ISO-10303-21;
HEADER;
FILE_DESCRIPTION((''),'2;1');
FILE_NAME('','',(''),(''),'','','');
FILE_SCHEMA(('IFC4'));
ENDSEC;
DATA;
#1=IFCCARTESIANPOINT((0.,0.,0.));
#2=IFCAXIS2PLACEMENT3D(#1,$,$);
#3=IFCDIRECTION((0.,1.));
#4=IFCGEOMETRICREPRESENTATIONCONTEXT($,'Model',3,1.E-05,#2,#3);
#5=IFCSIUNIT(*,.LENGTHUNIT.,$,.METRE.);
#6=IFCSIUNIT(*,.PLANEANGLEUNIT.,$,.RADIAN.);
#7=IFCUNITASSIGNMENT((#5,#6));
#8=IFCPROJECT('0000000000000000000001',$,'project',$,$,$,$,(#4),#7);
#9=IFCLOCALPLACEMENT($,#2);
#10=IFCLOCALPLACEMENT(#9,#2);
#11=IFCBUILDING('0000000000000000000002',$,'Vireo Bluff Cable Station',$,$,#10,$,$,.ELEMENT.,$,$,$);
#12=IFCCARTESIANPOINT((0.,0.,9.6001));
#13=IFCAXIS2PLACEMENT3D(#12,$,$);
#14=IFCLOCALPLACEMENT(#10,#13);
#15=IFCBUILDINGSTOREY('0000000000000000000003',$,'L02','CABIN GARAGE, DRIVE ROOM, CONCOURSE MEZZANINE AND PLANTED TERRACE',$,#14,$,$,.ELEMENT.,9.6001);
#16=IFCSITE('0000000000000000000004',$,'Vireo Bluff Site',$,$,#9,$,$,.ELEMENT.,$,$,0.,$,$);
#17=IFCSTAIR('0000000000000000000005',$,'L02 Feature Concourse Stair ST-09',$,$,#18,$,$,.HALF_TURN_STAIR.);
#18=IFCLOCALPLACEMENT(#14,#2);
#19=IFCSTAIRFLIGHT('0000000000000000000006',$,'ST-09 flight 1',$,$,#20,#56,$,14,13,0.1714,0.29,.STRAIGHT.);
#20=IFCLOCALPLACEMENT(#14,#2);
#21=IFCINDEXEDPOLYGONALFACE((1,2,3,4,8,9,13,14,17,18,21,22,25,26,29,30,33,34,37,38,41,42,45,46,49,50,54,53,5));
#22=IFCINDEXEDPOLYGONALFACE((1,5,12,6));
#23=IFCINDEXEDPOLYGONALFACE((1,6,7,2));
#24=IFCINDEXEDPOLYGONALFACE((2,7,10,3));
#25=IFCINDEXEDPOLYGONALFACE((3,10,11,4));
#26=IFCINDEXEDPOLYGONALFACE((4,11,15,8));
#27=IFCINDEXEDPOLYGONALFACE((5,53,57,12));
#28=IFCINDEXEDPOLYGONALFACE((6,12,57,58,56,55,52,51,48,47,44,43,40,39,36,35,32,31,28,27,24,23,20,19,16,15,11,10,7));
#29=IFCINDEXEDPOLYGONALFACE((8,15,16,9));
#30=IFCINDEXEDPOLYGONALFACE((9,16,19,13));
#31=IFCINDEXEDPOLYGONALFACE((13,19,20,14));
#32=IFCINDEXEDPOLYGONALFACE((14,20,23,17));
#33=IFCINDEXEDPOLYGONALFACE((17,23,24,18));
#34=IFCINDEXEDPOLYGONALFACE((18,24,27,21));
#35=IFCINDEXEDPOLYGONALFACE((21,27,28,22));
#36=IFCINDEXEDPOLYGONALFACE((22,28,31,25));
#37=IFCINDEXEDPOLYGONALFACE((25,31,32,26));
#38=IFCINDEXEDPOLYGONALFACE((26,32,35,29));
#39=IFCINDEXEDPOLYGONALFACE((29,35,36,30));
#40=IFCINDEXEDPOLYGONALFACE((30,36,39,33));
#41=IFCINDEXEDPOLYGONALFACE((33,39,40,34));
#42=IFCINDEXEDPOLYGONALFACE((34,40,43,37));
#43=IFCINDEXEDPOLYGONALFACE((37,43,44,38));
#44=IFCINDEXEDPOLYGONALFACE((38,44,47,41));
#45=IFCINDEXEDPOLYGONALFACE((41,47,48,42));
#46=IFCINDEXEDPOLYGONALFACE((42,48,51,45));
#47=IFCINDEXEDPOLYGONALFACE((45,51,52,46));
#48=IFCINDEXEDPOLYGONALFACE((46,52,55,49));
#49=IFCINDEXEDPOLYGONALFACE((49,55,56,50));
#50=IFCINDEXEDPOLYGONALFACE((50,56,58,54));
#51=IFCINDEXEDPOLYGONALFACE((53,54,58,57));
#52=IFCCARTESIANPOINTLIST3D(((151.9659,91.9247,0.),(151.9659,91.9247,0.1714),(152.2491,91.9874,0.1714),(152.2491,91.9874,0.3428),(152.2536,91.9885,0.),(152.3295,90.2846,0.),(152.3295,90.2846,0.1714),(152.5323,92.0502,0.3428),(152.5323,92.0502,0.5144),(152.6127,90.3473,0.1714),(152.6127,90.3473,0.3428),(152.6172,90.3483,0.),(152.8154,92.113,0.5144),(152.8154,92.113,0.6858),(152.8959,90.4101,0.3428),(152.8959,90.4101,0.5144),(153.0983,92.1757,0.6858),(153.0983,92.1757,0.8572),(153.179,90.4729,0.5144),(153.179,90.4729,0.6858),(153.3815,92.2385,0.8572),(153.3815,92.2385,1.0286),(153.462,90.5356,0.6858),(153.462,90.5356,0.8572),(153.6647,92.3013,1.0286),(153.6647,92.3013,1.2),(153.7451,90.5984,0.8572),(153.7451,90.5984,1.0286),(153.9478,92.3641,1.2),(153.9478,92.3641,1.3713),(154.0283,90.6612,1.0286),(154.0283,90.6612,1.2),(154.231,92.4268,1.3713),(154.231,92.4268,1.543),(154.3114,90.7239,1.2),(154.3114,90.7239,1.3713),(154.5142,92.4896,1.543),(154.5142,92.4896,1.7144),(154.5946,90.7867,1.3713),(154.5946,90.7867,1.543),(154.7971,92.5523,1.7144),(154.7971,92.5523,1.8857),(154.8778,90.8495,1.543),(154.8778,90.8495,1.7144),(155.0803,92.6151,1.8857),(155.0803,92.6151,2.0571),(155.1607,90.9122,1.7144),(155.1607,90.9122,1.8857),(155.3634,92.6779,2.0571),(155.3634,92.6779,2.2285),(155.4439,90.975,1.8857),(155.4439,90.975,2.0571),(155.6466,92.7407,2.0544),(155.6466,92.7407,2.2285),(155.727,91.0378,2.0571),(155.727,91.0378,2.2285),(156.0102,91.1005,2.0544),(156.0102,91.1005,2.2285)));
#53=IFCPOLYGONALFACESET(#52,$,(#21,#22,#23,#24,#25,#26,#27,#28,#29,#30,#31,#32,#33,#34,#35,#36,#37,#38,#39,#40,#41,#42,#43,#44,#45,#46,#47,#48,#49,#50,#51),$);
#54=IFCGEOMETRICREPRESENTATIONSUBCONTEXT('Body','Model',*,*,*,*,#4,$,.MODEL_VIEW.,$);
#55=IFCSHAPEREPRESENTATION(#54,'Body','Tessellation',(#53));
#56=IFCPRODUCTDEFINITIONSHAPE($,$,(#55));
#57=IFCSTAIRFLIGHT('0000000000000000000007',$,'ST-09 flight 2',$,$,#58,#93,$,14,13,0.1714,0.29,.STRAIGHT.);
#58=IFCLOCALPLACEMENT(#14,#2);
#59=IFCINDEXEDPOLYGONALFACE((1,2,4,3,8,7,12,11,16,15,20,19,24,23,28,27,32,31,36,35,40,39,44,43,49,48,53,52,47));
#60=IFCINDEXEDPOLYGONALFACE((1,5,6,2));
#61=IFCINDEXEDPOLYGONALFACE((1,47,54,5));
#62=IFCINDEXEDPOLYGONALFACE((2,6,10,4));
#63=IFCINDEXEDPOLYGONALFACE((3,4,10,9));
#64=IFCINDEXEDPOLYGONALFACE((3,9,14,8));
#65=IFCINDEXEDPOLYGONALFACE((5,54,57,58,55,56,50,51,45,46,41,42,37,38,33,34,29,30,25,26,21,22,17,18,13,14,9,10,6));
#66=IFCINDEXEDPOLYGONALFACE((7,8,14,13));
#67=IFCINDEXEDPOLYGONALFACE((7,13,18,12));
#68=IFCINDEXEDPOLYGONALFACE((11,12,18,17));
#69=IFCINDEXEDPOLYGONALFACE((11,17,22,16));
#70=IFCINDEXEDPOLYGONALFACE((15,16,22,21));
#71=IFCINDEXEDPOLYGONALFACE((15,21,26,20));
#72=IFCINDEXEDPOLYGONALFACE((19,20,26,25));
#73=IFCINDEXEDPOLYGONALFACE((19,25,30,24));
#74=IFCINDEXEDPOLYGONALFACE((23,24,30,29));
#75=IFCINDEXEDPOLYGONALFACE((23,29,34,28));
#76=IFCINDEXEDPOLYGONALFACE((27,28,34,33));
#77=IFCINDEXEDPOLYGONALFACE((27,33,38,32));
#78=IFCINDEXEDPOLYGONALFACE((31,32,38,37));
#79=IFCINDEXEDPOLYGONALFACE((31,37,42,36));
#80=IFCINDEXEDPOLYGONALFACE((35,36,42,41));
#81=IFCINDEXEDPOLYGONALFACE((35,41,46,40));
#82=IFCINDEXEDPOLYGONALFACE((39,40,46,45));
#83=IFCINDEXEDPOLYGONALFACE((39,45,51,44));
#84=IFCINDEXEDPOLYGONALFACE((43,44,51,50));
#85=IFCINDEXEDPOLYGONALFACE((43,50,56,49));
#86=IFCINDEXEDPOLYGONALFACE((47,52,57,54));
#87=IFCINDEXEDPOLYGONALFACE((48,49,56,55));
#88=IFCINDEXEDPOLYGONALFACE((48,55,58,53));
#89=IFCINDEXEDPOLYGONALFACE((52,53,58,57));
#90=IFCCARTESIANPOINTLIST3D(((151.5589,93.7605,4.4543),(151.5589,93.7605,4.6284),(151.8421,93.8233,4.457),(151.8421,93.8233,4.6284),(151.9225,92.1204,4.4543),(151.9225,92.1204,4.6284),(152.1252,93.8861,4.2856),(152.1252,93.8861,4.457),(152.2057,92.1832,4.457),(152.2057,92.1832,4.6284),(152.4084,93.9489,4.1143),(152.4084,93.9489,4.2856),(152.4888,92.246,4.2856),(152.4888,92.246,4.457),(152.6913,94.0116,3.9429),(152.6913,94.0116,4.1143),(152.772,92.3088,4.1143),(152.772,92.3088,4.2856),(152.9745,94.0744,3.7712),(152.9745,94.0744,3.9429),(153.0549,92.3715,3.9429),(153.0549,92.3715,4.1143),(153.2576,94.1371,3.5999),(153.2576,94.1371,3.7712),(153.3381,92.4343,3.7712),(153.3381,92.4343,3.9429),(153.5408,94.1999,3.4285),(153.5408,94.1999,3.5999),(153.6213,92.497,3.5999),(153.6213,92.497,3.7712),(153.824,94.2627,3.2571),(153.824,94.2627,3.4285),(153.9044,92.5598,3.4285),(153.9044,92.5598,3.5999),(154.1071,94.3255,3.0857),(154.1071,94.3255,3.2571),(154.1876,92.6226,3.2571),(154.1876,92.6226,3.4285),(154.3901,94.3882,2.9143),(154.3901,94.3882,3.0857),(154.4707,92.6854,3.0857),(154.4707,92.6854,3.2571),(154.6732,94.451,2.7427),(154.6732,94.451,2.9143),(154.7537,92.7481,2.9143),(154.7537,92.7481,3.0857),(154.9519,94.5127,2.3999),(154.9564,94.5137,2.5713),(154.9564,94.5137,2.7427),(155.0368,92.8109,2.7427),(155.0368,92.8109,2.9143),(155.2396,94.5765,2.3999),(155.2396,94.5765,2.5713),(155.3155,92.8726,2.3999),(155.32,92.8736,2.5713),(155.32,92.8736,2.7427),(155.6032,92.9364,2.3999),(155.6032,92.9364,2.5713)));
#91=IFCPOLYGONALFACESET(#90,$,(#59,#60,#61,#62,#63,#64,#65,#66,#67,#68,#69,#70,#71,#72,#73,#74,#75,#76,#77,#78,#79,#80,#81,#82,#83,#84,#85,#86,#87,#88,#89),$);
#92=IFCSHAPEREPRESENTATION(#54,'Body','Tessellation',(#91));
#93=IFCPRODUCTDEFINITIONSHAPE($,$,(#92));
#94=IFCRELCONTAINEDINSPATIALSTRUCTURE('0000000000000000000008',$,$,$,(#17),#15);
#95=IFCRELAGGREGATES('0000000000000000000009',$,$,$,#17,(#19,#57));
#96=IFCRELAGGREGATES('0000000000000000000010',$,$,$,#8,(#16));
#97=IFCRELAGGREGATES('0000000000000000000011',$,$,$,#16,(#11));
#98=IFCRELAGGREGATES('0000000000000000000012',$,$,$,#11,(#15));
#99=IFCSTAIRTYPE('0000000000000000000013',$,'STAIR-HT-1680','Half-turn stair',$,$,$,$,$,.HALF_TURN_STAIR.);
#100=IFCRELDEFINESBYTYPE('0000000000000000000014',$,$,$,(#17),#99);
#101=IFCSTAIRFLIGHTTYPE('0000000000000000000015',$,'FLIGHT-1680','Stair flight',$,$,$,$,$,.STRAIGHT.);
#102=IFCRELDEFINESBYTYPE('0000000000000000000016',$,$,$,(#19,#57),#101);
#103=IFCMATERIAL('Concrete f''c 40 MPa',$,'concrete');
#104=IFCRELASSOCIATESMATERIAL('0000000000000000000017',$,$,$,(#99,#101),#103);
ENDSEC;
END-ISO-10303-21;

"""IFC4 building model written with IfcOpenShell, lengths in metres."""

from ifc_helpers import new_model, si_unit, direction, frame, origin, place, context, subcontext, project, spatial, polyline, outline, extrude, material, type_object, element, aggregate, save


model = new_model("IFC4")

# Units and contexts
model_context = context("Model", 3, precision=1e-05, world=origin(), true_north=direction((0.0, 1.0)))
body_context = subcontext(model_context, "Body", "Model", "MODEL_VIEW")
ifc_project = project(units=[si_unit("LENGTHUNIT", "METRE"), si_unit("PLANEANGLEUNIT", "RADIAN")], contexts=[model_context])

# Site, building, storey
site_placement = place(None, origin())
site = spatial("IfcSite", under=ifc_project, at=site_placement, Name="Vireo Bluff Site", CompositionType="ELEMENT", RefElevation=0.0)
building_placement = place(site_placement, origin())
building = spatial("IfcBuilding", under=site, at=building_placement, Name="Vireo Bluff Cable Station", CompositionType="ELEMENT")
storey_placement = place(building_placement, frame((0.0, 0.0, 9.6001)))
storey = spatial("IfcBuildingStorey", under=building, at=storey_placement, Name="L02", Description="CABIN GARAGE, DRIVE ROOM, CONCOURSE MEZZANINE AND PLANTED TERRACE", CompositionType="ELEMENT", Elevation=9.6001)

# Stair, stair flights
ifc_material_1 = material(Name="Concrete f'c 40 MPa", Category="concrete")
stair_type = type_object("IfcStairType", Name="STAIR-HT-1680", Description="Half-turn stair", PredefinedType="HALF_TURN_STAIR", material=ifc_material_1)
stair_placement = place(storey_placement, origin())
stair = element("IfcStair", 1, at=stair_placement, inside=storey, type_object=stair_type, Name="L02 Feature Concourse Stair ST-09", PredefinedType="HALF_TURN_STAIR")
stair_flight_type = type_object("IfcStairFlightType", Name="FLIGHT-1680", Description="Stair flight", PredefinedType="STRAIGHT", material=ifc_material_1)
stair_flight_1_placement = place(storey_placement, frame((152.1477, 91.1047, 0.0), z_axis=(0.0, 0.0, 1.0), x_axis=(0.976296, 0.21644, 0.0)))
stair_flight_1 = element("IfcStairFlight", 2, at=stair_flight_1_placement, type_object=stair_flight_type, Name="ST-09 flight 1", NumberOfRisers=14, NumberOfTreads=13, PredefinedType="STRAIGHT", RiserHeight=0.1714, TreadLength=0.29, context=body_context, shape_type="SweptSolid", body=[
    extrude(outline(polyline([(0.0, 0.0), (0.0, 0.1714), (0.29, 0.1714), (0.29, 0.3428), (0.5801, 0.3428), (0.5801, 0.5144), (0.8701, 0.5144), (0.8701, 0.6858), (1.1599, 0.6858), (1.1599, 0.8572), (1.45, 0.8572), (1.45, 1.0286), (1.74, 1.0286), (1.74, 1.2), (2.03, 1.2), (2.03, 1.3713), (2.3201, 1.3713), (2.3201, 1.543), (2.6101, 1.543), (2.6101, 1.7144), (2.8999, 1.7144), (2.8999, 1.8857), (3.1899, 1.8857), (3.1899, 2.0571), (3.48, 2.0571), (3.48, 2.2285), (3.77, 2.2285), (3.77, 2.3999), (3.77, 2.0544), (0.2947, 0.0), (0.0, 0.0)])), frame((0.0, 0.8398, 0.0), z_axis=(0.0, -1.0, 0.0), x_axis=(1.0, 0.0, 0.0)), (0.0, 0.0, 1.0), 1.6799),
])
stair_flight_2_placement = place(storey_placement, frame((155.4214, 93.7563, 2.3999), z_axis=(0.0, 0.0, 1.0), x_axis=(-0.976296, -0.21644, 0.0)))
stair_flight_2 = element("IfcStairFlight", 3, at=stair_flight_2_placement, type_object=stair_flight_type, Name="ST-09 flight 2", NumberOfRisers=14, NumberOfTreads=13, PredefinedType="STRAIGHT", RiserHeight=0.1714, TreadLength=0.29, context=body_context, shape_type="SweptSolid", body=[
    extrude(outline(polyline([(0.0, 0.0), (0.0, 0.1714), (0.29, 0.1714), (0.29, 0.3428), (0.5801, 0.3428), (0.5801, 0.5144), (0.8701, 0.5144), (0.8701, 0.6858), (1.1599, 0.6858), (1.1599, 0.8572), (1.45, 0.8572), (1.45, 1.0286), (1.74, 1.0286), (1.74, 1.2), (2.03, 1.2), (2.03, 1.3713), (2.3201, 1.3713), (2.3201, 1.543), (2.6101, 1.543), (2.6101, 1.7144), (2.8999, 1.7144), (2.8999, 1.8857), (3.1899, 1.8857), (3.1899, 2.0571), (3.48, 2.0571), (3.48, 2.2285), (3.77, 2.2285), (3.77, 2.3999), (3.77, 2.0544), (0.2947, 0.0), (0.0, 0.0)])), frame((0.0, 0.8398, 0.0), z_axis=(0.0, -1.0, 0.0), x_axis=(1.0, 0.0, 0.0)), (0.0, 0.0, 1.0), 1.6799),
])
aggregate(stair, [stair_flight_1, stair_flight_2])

save(model, "model.ifc")
